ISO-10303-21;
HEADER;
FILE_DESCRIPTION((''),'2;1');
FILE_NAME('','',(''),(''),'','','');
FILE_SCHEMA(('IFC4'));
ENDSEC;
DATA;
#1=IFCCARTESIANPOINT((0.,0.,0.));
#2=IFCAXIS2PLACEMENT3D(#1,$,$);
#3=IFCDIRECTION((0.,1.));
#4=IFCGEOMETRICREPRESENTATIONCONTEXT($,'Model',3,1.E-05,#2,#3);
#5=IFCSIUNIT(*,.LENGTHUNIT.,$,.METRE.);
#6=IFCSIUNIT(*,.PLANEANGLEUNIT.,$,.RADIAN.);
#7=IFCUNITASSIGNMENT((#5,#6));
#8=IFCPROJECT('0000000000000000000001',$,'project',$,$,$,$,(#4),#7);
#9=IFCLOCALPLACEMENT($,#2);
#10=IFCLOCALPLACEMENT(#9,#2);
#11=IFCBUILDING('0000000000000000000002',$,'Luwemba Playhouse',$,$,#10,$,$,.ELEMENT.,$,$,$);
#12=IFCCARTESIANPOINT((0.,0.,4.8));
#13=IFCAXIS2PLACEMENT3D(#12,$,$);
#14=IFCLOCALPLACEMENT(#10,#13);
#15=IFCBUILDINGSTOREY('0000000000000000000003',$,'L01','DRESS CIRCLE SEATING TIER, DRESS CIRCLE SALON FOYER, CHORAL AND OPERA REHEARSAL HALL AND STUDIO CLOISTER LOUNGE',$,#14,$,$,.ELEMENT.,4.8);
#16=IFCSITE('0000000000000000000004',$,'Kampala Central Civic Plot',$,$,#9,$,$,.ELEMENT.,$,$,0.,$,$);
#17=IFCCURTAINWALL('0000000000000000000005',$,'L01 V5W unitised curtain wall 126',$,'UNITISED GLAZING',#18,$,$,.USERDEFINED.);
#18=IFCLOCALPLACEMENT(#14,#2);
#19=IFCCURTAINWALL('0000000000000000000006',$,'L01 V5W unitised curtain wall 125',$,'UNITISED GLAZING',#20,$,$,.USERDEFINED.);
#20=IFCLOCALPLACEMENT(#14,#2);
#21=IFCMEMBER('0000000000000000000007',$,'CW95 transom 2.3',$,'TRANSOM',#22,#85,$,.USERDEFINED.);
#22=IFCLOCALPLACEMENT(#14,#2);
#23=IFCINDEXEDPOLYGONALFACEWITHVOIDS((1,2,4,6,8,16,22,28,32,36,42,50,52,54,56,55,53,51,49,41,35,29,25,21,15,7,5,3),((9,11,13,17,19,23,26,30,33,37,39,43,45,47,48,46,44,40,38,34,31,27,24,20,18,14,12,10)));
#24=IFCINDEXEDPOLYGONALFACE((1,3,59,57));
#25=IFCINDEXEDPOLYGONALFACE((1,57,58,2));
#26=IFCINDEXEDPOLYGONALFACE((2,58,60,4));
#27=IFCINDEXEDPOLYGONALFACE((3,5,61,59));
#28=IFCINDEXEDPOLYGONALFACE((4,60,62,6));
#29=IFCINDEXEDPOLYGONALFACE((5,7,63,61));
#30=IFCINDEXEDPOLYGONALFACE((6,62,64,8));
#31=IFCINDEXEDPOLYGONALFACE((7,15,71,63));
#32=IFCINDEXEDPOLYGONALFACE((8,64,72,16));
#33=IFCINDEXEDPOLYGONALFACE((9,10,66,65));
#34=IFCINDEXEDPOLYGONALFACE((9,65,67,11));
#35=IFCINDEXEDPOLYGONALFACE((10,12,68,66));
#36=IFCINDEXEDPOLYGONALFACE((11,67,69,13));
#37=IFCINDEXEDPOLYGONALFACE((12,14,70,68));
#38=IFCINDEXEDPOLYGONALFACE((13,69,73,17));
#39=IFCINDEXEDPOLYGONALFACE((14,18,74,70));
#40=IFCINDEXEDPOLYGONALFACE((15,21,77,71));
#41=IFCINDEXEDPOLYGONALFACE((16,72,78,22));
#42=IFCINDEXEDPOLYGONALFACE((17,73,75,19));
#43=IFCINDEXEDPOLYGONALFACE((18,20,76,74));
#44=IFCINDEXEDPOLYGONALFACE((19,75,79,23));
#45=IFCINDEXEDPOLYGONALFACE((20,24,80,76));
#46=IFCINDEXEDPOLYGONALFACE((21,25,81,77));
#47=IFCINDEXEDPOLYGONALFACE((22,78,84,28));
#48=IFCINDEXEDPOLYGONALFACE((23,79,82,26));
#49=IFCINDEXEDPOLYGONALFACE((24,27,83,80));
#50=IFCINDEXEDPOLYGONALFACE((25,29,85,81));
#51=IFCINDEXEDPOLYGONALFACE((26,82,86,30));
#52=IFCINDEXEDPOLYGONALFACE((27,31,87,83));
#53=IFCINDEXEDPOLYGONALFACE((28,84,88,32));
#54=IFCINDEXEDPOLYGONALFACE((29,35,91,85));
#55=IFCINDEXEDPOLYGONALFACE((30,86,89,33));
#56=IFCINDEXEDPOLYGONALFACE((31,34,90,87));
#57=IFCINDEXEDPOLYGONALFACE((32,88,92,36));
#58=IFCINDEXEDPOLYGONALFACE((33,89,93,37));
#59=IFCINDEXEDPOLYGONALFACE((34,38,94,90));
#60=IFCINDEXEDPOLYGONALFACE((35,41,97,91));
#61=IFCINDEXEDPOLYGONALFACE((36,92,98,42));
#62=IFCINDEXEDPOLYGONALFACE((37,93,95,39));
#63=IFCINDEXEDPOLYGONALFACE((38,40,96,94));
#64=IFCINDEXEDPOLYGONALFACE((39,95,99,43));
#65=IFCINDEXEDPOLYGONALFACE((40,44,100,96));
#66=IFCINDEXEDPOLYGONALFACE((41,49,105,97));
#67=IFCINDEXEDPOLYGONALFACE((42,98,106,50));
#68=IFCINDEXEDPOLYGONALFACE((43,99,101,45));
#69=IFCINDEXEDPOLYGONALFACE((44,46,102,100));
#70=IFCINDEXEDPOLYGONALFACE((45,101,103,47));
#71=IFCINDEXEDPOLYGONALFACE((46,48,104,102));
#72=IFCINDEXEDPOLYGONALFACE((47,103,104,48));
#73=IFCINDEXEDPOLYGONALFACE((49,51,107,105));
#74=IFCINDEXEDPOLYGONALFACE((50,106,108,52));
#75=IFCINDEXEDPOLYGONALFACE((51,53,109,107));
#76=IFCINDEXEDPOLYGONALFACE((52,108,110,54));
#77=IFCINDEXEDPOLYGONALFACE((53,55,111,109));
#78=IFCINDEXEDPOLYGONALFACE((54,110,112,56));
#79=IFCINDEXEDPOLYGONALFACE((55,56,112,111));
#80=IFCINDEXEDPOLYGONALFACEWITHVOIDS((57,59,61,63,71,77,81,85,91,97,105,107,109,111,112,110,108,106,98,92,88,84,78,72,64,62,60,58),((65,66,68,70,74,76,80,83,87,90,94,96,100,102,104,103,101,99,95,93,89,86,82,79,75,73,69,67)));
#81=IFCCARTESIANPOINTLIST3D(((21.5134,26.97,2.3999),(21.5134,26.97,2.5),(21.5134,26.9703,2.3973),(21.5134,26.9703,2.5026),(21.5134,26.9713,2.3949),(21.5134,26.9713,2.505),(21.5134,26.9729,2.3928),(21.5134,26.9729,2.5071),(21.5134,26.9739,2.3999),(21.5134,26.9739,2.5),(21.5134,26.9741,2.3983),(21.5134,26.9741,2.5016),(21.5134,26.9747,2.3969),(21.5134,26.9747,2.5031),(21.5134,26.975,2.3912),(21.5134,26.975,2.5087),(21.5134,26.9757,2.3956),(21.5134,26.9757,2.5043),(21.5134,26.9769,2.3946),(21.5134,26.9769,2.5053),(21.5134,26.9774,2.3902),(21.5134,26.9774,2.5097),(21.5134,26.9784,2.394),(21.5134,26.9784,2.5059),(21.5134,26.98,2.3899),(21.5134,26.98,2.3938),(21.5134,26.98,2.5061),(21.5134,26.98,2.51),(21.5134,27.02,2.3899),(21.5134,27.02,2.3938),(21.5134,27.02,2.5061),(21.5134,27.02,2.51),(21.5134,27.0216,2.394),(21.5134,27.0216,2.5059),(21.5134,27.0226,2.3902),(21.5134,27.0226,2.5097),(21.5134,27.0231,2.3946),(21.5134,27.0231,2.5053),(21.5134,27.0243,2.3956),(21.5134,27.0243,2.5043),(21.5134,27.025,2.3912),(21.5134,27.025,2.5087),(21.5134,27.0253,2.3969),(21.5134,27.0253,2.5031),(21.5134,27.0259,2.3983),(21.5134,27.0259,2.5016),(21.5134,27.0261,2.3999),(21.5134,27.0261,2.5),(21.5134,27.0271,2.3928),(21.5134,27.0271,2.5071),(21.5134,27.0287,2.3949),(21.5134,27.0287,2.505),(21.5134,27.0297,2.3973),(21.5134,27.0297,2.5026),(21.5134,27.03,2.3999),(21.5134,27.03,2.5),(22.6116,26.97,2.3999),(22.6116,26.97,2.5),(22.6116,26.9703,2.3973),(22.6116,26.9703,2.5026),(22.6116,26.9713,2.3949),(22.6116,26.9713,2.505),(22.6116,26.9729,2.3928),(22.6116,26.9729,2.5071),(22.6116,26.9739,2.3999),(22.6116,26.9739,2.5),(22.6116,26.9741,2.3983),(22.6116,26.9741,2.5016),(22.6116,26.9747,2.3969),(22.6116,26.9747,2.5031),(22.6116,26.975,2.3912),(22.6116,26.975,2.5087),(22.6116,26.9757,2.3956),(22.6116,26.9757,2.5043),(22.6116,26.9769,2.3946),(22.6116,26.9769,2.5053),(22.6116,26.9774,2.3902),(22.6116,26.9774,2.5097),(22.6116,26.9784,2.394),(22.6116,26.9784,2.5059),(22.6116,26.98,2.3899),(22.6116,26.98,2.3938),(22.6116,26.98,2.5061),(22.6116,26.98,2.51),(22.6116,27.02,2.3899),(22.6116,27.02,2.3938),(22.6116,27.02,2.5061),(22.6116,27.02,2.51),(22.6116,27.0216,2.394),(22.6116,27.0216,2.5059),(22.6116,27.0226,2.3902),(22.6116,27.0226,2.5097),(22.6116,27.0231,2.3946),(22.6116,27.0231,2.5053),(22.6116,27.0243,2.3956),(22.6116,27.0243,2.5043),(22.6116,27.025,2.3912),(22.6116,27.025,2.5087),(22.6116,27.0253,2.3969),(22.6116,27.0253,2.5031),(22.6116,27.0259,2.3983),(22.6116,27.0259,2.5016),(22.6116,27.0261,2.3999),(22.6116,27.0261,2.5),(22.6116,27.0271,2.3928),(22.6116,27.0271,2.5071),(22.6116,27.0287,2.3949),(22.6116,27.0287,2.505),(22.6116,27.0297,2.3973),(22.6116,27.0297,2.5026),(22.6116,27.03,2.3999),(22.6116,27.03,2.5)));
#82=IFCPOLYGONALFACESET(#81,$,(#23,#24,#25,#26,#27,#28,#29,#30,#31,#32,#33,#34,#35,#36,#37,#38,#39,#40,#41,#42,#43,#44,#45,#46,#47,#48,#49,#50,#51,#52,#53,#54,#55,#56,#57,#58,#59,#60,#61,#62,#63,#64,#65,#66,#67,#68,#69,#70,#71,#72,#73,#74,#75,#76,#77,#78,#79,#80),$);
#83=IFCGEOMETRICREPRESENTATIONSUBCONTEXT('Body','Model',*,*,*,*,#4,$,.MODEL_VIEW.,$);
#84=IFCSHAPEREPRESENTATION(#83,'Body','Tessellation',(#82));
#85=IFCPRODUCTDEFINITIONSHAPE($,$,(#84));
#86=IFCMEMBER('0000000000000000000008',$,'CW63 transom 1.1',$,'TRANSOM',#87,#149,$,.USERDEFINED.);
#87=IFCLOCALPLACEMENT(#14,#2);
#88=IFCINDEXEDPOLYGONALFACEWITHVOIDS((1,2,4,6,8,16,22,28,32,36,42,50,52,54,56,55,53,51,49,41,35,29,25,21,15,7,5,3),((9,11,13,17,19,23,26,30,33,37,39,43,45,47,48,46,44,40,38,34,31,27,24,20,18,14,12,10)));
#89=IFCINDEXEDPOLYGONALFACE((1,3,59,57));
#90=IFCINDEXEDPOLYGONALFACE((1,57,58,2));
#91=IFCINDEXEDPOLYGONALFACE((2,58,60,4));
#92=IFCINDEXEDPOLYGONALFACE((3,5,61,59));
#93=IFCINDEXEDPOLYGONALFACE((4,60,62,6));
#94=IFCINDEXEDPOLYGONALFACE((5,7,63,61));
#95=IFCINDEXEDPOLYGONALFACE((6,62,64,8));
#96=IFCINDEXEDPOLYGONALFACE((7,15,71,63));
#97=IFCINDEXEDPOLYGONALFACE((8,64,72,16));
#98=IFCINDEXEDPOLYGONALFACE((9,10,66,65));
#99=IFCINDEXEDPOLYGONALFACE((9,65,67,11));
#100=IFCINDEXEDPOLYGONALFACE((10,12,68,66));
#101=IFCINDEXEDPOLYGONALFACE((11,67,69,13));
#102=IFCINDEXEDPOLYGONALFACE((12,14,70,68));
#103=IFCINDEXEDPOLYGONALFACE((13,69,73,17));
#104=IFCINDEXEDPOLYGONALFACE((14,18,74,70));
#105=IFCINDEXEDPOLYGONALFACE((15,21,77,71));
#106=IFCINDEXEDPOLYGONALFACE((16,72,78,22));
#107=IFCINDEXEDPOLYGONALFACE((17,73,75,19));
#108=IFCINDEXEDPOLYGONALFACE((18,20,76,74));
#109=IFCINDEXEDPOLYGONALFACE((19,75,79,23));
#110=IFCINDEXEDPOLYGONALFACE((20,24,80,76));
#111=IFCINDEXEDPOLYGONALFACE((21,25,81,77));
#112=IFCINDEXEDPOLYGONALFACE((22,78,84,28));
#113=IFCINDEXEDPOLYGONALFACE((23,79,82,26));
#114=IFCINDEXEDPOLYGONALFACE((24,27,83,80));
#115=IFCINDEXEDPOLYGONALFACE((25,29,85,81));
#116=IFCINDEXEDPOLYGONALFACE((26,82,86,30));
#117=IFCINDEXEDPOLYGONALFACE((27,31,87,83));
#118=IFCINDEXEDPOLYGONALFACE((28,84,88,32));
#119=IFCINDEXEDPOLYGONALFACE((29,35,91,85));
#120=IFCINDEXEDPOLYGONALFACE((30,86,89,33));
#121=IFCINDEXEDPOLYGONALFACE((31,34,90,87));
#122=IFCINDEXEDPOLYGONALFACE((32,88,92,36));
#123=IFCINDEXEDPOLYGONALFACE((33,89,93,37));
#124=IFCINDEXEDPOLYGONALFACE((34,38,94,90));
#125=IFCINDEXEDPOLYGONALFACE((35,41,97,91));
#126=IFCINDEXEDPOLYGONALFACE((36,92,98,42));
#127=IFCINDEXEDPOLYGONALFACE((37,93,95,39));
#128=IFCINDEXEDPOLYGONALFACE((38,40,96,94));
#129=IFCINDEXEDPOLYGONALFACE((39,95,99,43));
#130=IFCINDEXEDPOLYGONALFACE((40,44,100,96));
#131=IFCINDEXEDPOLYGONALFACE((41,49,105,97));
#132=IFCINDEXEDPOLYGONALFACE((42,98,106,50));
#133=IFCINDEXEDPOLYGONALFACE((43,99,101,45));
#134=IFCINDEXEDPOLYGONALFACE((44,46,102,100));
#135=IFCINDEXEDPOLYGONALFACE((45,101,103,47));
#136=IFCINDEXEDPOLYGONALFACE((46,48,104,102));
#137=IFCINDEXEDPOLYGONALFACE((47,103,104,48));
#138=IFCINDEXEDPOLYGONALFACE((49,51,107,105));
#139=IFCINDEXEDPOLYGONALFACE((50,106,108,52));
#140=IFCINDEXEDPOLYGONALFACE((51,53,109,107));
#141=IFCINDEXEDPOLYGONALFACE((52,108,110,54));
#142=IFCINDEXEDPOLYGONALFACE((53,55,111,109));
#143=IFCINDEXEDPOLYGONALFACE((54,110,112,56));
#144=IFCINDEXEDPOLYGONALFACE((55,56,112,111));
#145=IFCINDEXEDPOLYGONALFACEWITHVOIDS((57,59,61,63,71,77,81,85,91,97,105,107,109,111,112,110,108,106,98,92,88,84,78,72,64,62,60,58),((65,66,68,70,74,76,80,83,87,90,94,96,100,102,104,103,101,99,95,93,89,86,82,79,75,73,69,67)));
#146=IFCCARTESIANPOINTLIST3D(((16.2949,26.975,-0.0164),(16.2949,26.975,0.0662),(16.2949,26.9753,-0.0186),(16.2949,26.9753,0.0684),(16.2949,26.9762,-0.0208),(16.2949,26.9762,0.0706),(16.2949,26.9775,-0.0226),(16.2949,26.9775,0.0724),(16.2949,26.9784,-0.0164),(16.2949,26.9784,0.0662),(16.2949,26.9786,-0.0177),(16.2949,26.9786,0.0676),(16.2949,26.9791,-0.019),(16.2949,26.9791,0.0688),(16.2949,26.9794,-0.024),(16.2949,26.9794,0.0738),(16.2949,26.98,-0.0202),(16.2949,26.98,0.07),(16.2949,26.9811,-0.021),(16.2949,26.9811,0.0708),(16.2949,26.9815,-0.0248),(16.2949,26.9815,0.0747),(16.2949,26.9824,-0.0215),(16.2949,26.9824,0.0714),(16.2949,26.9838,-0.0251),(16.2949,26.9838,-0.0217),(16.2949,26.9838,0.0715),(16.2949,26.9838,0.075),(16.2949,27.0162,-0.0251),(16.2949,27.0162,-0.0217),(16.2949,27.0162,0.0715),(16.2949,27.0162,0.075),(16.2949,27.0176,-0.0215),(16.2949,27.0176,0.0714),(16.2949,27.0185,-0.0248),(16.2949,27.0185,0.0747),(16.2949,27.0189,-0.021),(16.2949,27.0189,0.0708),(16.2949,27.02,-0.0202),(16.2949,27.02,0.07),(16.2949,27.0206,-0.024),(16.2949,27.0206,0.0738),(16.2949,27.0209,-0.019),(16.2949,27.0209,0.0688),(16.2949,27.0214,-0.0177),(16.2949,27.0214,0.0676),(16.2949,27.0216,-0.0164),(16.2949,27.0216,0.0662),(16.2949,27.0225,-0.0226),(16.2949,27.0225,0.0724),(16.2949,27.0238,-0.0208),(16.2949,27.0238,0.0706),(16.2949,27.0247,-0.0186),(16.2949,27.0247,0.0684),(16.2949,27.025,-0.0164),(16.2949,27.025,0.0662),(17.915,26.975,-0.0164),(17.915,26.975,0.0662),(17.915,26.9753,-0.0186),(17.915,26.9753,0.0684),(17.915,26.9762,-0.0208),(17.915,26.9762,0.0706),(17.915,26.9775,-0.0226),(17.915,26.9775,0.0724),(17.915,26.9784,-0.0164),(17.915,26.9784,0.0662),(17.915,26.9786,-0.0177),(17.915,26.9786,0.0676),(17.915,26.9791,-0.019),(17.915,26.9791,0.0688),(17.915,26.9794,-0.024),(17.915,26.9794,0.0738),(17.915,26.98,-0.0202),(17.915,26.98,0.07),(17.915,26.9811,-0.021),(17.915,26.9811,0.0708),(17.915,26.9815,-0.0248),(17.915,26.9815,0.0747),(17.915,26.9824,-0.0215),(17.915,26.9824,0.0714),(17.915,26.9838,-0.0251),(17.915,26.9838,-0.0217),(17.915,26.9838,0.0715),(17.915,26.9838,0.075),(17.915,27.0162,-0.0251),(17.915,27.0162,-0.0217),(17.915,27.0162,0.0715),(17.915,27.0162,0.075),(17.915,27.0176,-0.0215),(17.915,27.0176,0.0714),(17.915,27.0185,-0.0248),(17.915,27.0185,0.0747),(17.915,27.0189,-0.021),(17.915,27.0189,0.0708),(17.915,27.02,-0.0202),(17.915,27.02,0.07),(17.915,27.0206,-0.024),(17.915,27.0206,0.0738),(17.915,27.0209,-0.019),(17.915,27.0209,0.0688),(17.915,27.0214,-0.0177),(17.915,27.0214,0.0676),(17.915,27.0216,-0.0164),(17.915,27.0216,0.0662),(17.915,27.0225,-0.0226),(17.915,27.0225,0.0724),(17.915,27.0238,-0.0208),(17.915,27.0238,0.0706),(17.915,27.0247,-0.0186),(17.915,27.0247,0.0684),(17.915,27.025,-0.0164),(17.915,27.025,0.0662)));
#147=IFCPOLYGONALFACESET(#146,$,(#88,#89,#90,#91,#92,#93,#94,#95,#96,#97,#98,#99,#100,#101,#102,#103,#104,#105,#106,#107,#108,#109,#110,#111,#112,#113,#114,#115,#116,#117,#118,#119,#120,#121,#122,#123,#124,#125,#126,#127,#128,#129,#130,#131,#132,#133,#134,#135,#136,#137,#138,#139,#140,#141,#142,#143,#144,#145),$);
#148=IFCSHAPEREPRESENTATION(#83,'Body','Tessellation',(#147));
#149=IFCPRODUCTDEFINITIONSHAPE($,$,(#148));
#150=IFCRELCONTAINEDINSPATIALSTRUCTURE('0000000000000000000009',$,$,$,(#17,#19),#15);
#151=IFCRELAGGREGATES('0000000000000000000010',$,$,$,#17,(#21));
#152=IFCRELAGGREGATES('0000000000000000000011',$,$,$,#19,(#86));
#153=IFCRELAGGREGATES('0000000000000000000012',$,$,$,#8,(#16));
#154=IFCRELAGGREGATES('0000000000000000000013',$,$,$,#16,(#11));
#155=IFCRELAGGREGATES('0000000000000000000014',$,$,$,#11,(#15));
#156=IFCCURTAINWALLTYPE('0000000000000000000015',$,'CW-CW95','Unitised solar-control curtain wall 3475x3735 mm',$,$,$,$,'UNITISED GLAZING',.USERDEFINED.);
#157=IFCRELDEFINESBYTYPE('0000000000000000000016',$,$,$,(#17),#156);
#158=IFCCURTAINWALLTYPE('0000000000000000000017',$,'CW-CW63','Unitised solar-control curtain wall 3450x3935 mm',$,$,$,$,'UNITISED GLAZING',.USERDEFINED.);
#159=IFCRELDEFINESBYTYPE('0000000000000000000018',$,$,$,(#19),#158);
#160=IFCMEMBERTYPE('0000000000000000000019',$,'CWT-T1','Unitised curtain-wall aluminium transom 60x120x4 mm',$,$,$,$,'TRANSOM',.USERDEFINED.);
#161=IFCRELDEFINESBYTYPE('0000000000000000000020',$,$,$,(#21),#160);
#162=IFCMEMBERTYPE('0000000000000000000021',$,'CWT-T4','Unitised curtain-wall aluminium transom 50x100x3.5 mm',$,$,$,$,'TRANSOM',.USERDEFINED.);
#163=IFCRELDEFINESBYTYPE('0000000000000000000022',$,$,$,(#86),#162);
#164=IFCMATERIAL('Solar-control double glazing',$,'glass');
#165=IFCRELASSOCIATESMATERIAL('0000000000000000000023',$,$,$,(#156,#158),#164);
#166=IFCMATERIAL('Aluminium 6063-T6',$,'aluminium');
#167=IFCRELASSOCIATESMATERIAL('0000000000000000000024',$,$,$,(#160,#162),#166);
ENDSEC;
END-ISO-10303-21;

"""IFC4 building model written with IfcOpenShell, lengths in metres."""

from ifc_helpers import new_model, si_unit, direction, frame, origin, origin_2d, place, context, subcontext, project, spatial, hollow_rectangle, extrude, material, material_profile, profile_set, type_object, element, aggregate, save


model = new_model("IFC4")

# Units and contexts
model_context = context("Model", 3, precision=1e-05, world=origin(), true_north=direction((0.0, 1.0)))
body_context = subcontext(model_context, "Body", "Model", "MODEL_VIEW")
ifc_project = project(units=[si_unit("LENGTHUNIT", "METRE"), si_unit("PLANEANGLEUNIT", "RADIAN")], contexts=[model_context])

# Site, building, storey
site_placement = place(None, origin())
site = spatial("IfcSite", under=ifc_project, at=site_placement, Name="Kampala Central Civic Plot", CompositionType="ELEMENT", RefElevation=0.0)
building_placement = place(site_placement, origin())
building = spatial("IfcBuilding", under=site, at=building_placement, Name="Luwemba Playhouse", CompositionType="ELEMENT")
storey_placement = place(building_placement, frame((0.0, 0.0, 4.8)))
storey = spatial("IfcBuildingStorey", under=building, at=storey_placement, Name="L01", Description="DRESS CIRCLE SEATING TIER, DRESS CIRCLE SALON FOYER, CHORAL AND OPERA REHEARSAL HALL AND STUDIO CLOISTER LOUNGE", CompositionType="ELEMENT", Elevation=4.8)

# Curtain walls
ifc_material_1 = material(Name="Solar-control double glazing", Category="glass")
curtain_wall_type_1 = type_object("IfcCurtainWallType", Name="CW-CW95", Description="Unitised solar-control curtain wall 3475x3735 mm", ElementType="UNITISED GLAZING", PredefinedType="USERDEFINED", material=ifc_material_1)
curtain_wall_1_placement = place(storey_placement, origin())
curtain_wall_1 = element("IfcCurtainWall", 1, at=curtain_wall_1_placement, inside=storey, type_object=curtain_wall_type_1, Name="L01 V5W unitised curtain wall 126", ObjectType="UNITISED GLAZING", PredefinedType="USERDEFINED")
ifc_material_2 = material(Name="Aluminium 6063-T6", Category="aluminium")
curtain_wall_type_2 = type_object("IfcCurtainWallType", Name="CW-CW63", Description="Unitised solar-control curtain wall 3450x3935 mm", ElementType="UNITISED GLAZING", PredefinedType="USERDEFINED", material=ifc_material_1)
curtain_wall_2_placement = place(storey_placement, origin())
curtain_wall_2 = element("IfcCurtainWall", 2, at=curtain_wall_2_placement, inside=storey, type_object=curtain_wall_type_2, Name="L01 V5W unitised curtain wall 125", ObjectType="UNITISED GLAZING", PredefinedType="USERDEFINED")

# Members
ifc_material_profile_1 = material_profile(ifc_material_2, hollow_rectangle(XDim=0.0601, YDim=0.1201, WallThickness=0.0039, InnerFilletRadius=0.0061, OuterFilletRadius=0.01, at=origin_2d()))
ifc_profile_set_1 = profile_set([ifc_material_profile_1], Name="Aluminium 6063-T6")
member_type_1 = type_object("IfcMemberType", Name="CWT-T1", Description="Unitised curtain-wall aluminium transom 60x120x4 mm", ElementType="TRANSOM", PredefinedType="USERDEFINED", material=ifc_profile_set_1)
member_1_placement = place(storey_placement, frame((21.5134, 27.0, 2.45), z_axis=(1.0, 0.0, 0.0), x_axis=(0.0, 1.0, 0.0)))
member_1 = element("IfcMember", 3, at=member_1_placement, type_object=member_type_1, Name="CW95 transom 2.3", ObjectType="TRANSOM", PredefinedType="USERDEFINED", context=body_context, shape_type="SweptSolid", body=[
    extrude(hollow_rectangle(XDim=0.0601, YDim=0.1201, WallThickness=0.0039, InnerFilletRadius=0.0061, OuterFilletRadius=0.01, at=origin_2d()), origin(), (0.0, 0.0, 1.0), 1.0981),
])
ifc_material_profile_2 = material_profile(ifc_material_2, hollow_rectangle(XDim=0.05, YDim=0.1001, WallThickness=0.0034, InnerFilletRadius=0.0054, OuterFilletRadius=0.0088, at=origin_2d()))
ifc_profile_set_2 = profile_set([ifc_material_profile_2], Name="Aluminium 6063-T6")
member_type_2 = type_object("IfcMemberType", Name="CWT-T4", Description="Unitised curtain-wall aluminium transom 50x100x3.5 mm", ElementType="TRANSOM", PredefinedType="USERDEFINED", material=ifc_profile_set_2)
member_2_placement = place(storey_placement, frame((16.2949, 27.0, 0.0249), z_axis=(1.0, 0.0, 0.0), x_axis=(0.0, 1.0, 0.0)))
member_2 = element("IfcMember", 4, at=member_2_placement, type_object=member_type_2, Name="CW63 transom 1.1", ObjectType="TRANSOM", PredefinedType="USERDEFINED", context=body_context, shape_type="SweptSolid", body=[
    extrude(hollow_rectangle(XDim=0.05, YDim=0.1001, WallThickness=0.0034, InnerFilletRadius=0.0054, OuterFilletRadius=0.0088, at=origin_2d()), origin(), (0.0, 0.0, 1.0), 1.6201),
])

aggregate(curtain_wall_1, [member_1])
aggregate(curtain_wall_2, [member_2])

save(model, "model.ifc")
